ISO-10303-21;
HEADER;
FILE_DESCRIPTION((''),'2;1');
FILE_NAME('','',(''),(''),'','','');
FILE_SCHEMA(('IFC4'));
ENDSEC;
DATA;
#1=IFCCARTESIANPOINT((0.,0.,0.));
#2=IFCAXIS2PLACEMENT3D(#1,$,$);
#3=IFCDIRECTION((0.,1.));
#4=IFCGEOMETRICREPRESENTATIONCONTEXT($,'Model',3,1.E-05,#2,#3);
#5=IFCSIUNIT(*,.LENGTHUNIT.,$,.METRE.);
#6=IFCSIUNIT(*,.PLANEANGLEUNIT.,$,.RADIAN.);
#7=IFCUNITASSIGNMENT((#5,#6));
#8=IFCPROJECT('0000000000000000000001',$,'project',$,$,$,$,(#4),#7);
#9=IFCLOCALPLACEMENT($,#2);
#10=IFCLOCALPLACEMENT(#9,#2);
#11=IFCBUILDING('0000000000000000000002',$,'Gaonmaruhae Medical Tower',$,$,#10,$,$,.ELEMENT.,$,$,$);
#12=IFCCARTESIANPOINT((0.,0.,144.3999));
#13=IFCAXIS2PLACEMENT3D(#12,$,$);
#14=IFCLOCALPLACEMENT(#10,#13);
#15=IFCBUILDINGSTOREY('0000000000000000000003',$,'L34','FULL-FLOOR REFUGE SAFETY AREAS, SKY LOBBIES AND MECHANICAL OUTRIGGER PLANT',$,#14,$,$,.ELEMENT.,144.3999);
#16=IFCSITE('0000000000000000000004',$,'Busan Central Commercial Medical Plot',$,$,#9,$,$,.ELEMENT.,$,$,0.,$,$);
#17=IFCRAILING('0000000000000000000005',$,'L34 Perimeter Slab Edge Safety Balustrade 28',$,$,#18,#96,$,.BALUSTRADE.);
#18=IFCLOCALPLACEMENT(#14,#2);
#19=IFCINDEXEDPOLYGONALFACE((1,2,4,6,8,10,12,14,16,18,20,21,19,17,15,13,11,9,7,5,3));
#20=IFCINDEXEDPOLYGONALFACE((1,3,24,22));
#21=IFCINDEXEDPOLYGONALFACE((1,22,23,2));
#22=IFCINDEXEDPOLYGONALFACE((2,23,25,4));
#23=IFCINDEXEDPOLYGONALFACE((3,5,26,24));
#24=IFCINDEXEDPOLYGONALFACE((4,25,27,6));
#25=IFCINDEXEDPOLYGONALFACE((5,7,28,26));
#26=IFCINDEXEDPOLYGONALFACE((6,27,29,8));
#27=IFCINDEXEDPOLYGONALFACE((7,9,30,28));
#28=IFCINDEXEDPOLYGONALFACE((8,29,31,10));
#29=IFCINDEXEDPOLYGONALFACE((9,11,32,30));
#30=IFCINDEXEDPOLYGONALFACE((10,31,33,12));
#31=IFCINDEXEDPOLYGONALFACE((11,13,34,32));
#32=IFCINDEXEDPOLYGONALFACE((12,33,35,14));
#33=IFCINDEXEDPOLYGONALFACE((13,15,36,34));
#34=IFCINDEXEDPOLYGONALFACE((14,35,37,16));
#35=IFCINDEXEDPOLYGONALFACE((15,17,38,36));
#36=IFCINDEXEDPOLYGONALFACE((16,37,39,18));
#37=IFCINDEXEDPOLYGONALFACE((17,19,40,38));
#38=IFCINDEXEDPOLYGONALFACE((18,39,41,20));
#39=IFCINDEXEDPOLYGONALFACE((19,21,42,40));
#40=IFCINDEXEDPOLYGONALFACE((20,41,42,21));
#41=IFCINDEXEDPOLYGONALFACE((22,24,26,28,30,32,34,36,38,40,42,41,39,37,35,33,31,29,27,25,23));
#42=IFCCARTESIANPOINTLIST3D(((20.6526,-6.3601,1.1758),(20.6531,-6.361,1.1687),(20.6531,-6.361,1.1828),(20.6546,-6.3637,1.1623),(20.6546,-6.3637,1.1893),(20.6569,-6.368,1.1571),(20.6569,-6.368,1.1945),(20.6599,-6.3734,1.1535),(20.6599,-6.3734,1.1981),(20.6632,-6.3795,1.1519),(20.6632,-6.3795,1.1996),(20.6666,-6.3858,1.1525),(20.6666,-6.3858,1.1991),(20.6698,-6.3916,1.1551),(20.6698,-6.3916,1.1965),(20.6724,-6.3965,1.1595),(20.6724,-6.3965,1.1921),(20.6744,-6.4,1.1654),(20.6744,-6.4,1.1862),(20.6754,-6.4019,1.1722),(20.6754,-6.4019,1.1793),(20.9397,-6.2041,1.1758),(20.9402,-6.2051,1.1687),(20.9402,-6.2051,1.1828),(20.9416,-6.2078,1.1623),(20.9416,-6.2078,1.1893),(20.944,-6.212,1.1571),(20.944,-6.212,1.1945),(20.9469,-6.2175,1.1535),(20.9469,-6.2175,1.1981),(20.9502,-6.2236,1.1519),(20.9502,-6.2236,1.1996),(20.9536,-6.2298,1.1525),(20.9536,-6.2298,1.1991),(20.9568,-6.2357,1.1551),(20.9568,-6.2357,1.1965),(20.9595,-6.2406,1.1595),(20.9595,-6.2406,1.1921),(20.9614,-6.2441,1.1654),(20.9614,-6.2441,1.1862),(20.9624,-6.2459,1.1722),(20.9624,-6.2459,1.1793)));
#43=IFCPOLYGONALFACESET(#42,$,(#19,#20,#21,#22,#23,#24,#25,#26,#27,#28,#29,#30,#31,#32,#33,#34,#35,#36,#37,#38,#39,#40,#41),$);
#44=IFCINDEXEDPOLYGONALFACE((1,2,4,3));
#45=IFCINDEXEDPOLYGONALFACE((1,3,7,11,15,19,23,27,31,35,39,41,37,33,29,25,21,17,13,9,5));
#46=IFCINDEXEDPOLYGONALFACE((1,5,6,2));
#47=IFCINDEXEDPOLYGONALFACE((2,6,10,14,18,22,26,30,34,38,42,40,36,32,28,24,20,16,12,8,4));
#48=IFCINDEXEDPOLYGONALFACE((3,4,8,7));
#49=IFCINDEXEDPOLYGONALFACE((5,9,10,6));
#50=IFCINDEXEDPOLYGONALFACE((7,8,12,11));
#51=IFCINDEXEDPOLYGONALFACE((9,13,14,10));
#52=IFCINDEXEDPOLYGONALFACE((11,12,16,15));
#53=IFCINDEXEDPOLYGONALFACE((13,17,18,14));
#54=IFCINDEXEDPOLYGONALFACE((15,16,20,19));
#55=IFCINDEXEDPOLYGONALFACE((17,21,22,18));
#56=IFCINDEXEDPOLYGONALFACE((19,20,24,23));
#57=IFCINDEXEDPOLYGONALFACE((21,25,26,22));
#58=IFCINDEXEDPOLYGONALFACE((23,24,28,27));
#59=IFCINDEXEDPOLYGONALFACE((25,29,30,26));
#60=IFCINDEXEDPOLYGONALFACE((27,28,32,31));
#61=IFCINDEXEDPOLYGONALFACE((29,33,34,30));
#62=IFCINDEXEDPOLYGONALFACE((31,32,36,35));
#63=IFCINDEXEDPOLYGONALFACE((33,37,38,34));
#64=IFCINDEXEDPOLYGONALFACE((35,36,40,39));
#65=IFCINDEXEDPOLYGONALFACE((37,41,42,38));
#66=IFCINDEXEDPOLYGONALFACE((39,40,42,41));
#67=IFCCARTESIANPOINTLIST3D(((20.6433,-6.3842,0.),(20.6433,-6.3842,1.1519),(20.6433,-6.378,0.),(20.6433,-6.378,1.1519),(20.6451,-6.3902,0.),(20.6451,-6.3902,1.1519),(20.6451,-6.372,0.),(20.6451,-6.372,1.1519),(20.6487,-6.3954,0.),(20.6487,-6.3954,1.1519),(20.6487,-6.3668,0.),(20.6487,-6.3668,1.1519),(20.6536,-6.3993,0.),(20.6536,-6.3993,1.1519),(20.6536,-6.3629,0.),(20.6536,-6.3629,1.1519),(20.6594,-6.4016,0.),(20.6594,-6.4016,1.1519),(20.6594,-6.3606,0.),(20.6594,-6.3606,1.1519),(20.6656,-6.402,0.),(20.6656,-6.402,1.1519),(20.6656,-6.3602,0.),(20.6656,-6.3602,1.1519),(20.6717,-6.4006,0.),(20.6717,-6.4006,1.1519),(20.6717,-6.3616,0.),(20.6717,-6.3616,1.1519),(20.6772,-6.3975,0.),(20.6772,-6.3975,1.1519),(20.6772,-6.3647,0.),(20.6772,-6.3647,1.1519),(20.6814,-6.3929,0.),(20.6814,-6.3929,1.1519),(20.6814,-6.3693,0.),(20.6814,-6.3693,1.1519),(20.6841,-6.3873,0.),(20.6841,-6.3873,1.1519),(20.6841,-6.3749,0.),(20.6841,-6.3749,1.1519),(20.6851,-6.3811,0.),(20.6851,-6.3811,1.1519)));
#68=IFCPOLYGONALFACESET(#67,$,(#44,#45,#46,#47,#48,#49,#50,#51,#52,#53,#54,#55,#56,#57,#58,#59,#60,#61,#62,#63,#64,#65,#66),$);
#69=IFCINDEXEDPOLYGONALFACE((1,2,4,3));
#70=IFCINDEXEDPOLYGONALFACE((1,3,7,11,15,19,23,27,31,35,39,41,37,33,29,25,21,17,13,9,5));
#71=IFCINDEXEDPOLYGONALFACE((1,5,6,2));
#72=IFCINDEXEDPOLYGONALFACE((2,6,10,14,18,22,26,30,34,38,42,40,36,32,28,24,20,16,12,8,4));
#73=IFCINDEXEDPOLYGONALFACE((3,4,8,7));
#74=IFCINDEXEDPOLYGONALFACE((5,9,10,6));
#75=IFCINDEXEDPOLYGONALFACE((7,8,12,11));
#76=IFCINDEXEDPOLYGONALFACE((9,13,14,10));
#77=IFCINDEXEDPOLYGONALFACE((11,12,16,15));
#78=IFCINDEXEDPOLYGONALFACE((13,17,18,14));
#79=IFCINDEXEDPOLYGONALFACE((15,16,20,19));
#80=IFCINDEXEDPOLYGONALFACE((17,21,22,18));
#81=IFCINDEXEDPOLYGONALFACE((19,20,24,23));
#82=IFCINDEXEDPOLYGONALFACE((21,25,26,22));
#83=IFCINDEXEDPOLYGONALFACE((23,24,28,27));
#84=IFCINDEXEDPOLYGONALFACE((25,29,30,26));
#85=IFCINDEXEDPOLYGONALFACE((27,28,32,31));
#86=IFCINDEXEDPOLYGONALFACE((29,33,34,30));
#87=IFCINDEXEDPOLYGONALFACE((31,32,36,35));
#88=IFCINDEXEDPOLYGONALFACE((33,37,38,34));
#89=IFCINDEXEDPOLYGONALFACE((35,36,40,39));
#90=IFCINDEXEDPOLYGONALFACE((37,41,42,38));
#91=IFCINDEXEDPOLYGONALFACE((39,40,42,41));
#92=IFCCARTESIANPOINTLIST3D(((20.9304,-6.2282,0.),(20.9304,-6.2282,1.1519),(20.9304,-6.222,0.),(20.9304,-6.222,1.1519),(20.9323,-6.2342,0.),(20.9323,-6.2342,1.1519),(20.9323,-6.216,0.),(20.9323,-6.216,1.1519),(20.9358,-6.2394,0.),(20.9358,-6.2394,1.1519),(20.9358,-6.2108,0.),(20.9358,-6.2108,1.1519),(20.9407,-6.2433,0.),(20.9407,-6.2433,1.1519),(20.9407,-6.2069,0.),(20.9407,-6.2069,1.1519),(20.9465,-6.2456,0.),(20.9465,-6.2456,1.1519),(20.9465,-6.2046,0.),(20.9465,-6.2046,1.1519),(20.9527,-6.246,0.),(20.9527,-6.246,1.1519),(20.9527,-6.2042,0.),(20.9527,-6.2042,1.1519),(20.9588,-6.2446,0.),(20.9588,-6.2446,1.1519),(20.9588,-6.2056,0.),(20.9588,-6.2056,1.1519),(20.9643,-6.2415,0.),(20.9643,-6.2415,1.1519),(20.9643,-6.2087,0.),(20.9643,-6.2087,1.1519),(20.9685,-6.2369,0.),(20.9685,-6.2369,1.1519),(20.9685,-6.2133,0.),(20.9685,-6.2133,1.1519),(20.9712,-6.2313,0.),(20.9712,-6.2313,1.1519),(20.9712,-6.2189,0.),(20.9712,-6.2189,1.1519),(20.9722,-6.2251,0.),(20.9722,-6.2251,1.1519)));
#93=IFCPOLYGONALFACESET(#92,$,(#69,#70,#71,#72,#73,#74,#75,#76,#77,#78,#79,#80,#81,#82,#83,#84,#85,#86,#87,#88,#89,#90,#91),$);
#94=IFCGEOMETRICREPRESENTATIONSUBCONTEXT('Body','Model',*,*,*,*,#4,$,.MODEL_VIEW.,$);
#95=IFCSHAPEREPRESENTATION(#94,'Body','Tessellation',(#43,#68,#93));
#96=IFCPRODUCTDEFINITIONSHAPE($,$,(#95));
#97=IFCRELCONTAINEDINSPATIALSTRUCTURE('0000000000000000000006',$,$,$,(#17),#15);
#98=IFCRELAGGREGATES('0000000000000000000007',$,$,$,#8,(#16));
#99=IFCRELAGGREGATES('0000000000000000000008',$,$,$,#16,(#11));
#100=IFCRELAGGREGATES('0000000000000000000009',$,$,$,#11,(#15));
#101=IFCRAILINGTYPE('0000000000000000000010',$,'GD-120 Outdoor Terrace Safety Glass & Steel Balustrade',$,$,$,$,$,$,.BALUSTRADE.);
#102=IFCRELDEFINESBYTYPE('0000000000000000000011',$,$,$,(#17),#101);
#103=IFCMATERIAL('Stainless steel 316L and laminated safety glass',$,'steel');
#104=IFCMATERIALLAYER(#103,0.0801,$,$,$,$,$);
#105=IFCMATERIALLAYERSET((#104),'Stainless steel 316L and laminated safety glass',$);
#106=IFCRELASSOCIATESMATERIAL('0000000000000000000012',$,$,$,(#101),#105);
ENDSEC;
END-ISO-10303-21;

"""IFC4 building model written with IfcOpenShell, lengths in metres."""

from ifc_helpers import new_model, si_unit, direction, frame, origin, origin_2d, place, context, subcontext, project, spatial, circle, extrude, material, layer, layer_set, type_object, element, save


model = new_model("IFC4")

# Units and contexts
model_context = context("Model", 3, precision=1e-05, world=origin(), true_north=direction((0.0, 1.0)))
body_context = subcontext(model_context, "Body", "Model", "MODEL_VIEW")
ifc_project = project(units=[si_unit("LENGTHUNIT", "METRE"), si_unit("PLANEANGLEUNIT", "RADIAN")], contexts=[model_context])

# Site, building, storey
site_placement = place(None, origin())
site = spatial("IfcSite", under=ifc_project, at=site_placement, Name="Busan Central Commercial Medical Plot", CompositionType="ELEMENT", RefElevation=0.0)
building_placement = place(site_placement, origin())
building = spatial("IfcBuilding", under=site, at=building_placement, Name="Gaonmaruhae Medical Tower", CompositionType="ELEMENT")
storey_placement = place(building_placement, frame((0.0, 0.0, 144.3999)))
storey = spatial("IfcBuildingStorey", under=building, at=storey_placement, Name="L34", Description="FULL-FLOOR REFUGE SAFETY AREAS, SKY LOBBIES AND MECHANICAL OUTRIGGER PLANT", CompositionType="ELEMENT", Elevation=144.3999)

# Railing
ifc_material_1 = material(Name="Stainless steel 316L and laminated safety glass", Category="steel")
ifc_layer_1 = layer(ifc_material_1, 0.0801)
ifc_layer_set_1 = layer_set([ifc_layer_1], Name="Stainless steel 316L and laminated safety glass")
railing_type = type_object("IfcRailingType", Name="GD-120 Outdoor Terrace Safety Glass & Steel Balustrade", PredefinedType="BALUSTRADE", material=ifc_layer_set_1)
railing_1_placement = place(storey_placement, frame((20.6641, -6.3811, 0.0)))
element("IfcRailing", 1, at=railing_1_placement, inside=storey, type_object=railing_type, Name="L34 Perimeter Slab Edge Safety Balustrade 28", PredefinedType="BALUSTRADE", context=body_context, shape_type="SweptSolid", body=[
    extrude(circle(Radius=0.0239, at=origin_2d()), frame((0.0, 0.0, 1.1758), z_axis=(0.878665, 0.477438, 0.0), x_axis=(-0.477438, 0.878665, 0.0)), (0.0, 0.0, 1.0), 0.3267),
    extrude(circle(Radius=0.021, at=origin_2d()), origin(), (0.0, 0.0, 1.0), 1.1519),
    extrude(circle(Radius=0.021, at=origin_2d()), frame((0.2871, 0.156, 0.0)), (0.0, 0.0, 1.0), 1.1519),
])

save(model, "model.ifc")
